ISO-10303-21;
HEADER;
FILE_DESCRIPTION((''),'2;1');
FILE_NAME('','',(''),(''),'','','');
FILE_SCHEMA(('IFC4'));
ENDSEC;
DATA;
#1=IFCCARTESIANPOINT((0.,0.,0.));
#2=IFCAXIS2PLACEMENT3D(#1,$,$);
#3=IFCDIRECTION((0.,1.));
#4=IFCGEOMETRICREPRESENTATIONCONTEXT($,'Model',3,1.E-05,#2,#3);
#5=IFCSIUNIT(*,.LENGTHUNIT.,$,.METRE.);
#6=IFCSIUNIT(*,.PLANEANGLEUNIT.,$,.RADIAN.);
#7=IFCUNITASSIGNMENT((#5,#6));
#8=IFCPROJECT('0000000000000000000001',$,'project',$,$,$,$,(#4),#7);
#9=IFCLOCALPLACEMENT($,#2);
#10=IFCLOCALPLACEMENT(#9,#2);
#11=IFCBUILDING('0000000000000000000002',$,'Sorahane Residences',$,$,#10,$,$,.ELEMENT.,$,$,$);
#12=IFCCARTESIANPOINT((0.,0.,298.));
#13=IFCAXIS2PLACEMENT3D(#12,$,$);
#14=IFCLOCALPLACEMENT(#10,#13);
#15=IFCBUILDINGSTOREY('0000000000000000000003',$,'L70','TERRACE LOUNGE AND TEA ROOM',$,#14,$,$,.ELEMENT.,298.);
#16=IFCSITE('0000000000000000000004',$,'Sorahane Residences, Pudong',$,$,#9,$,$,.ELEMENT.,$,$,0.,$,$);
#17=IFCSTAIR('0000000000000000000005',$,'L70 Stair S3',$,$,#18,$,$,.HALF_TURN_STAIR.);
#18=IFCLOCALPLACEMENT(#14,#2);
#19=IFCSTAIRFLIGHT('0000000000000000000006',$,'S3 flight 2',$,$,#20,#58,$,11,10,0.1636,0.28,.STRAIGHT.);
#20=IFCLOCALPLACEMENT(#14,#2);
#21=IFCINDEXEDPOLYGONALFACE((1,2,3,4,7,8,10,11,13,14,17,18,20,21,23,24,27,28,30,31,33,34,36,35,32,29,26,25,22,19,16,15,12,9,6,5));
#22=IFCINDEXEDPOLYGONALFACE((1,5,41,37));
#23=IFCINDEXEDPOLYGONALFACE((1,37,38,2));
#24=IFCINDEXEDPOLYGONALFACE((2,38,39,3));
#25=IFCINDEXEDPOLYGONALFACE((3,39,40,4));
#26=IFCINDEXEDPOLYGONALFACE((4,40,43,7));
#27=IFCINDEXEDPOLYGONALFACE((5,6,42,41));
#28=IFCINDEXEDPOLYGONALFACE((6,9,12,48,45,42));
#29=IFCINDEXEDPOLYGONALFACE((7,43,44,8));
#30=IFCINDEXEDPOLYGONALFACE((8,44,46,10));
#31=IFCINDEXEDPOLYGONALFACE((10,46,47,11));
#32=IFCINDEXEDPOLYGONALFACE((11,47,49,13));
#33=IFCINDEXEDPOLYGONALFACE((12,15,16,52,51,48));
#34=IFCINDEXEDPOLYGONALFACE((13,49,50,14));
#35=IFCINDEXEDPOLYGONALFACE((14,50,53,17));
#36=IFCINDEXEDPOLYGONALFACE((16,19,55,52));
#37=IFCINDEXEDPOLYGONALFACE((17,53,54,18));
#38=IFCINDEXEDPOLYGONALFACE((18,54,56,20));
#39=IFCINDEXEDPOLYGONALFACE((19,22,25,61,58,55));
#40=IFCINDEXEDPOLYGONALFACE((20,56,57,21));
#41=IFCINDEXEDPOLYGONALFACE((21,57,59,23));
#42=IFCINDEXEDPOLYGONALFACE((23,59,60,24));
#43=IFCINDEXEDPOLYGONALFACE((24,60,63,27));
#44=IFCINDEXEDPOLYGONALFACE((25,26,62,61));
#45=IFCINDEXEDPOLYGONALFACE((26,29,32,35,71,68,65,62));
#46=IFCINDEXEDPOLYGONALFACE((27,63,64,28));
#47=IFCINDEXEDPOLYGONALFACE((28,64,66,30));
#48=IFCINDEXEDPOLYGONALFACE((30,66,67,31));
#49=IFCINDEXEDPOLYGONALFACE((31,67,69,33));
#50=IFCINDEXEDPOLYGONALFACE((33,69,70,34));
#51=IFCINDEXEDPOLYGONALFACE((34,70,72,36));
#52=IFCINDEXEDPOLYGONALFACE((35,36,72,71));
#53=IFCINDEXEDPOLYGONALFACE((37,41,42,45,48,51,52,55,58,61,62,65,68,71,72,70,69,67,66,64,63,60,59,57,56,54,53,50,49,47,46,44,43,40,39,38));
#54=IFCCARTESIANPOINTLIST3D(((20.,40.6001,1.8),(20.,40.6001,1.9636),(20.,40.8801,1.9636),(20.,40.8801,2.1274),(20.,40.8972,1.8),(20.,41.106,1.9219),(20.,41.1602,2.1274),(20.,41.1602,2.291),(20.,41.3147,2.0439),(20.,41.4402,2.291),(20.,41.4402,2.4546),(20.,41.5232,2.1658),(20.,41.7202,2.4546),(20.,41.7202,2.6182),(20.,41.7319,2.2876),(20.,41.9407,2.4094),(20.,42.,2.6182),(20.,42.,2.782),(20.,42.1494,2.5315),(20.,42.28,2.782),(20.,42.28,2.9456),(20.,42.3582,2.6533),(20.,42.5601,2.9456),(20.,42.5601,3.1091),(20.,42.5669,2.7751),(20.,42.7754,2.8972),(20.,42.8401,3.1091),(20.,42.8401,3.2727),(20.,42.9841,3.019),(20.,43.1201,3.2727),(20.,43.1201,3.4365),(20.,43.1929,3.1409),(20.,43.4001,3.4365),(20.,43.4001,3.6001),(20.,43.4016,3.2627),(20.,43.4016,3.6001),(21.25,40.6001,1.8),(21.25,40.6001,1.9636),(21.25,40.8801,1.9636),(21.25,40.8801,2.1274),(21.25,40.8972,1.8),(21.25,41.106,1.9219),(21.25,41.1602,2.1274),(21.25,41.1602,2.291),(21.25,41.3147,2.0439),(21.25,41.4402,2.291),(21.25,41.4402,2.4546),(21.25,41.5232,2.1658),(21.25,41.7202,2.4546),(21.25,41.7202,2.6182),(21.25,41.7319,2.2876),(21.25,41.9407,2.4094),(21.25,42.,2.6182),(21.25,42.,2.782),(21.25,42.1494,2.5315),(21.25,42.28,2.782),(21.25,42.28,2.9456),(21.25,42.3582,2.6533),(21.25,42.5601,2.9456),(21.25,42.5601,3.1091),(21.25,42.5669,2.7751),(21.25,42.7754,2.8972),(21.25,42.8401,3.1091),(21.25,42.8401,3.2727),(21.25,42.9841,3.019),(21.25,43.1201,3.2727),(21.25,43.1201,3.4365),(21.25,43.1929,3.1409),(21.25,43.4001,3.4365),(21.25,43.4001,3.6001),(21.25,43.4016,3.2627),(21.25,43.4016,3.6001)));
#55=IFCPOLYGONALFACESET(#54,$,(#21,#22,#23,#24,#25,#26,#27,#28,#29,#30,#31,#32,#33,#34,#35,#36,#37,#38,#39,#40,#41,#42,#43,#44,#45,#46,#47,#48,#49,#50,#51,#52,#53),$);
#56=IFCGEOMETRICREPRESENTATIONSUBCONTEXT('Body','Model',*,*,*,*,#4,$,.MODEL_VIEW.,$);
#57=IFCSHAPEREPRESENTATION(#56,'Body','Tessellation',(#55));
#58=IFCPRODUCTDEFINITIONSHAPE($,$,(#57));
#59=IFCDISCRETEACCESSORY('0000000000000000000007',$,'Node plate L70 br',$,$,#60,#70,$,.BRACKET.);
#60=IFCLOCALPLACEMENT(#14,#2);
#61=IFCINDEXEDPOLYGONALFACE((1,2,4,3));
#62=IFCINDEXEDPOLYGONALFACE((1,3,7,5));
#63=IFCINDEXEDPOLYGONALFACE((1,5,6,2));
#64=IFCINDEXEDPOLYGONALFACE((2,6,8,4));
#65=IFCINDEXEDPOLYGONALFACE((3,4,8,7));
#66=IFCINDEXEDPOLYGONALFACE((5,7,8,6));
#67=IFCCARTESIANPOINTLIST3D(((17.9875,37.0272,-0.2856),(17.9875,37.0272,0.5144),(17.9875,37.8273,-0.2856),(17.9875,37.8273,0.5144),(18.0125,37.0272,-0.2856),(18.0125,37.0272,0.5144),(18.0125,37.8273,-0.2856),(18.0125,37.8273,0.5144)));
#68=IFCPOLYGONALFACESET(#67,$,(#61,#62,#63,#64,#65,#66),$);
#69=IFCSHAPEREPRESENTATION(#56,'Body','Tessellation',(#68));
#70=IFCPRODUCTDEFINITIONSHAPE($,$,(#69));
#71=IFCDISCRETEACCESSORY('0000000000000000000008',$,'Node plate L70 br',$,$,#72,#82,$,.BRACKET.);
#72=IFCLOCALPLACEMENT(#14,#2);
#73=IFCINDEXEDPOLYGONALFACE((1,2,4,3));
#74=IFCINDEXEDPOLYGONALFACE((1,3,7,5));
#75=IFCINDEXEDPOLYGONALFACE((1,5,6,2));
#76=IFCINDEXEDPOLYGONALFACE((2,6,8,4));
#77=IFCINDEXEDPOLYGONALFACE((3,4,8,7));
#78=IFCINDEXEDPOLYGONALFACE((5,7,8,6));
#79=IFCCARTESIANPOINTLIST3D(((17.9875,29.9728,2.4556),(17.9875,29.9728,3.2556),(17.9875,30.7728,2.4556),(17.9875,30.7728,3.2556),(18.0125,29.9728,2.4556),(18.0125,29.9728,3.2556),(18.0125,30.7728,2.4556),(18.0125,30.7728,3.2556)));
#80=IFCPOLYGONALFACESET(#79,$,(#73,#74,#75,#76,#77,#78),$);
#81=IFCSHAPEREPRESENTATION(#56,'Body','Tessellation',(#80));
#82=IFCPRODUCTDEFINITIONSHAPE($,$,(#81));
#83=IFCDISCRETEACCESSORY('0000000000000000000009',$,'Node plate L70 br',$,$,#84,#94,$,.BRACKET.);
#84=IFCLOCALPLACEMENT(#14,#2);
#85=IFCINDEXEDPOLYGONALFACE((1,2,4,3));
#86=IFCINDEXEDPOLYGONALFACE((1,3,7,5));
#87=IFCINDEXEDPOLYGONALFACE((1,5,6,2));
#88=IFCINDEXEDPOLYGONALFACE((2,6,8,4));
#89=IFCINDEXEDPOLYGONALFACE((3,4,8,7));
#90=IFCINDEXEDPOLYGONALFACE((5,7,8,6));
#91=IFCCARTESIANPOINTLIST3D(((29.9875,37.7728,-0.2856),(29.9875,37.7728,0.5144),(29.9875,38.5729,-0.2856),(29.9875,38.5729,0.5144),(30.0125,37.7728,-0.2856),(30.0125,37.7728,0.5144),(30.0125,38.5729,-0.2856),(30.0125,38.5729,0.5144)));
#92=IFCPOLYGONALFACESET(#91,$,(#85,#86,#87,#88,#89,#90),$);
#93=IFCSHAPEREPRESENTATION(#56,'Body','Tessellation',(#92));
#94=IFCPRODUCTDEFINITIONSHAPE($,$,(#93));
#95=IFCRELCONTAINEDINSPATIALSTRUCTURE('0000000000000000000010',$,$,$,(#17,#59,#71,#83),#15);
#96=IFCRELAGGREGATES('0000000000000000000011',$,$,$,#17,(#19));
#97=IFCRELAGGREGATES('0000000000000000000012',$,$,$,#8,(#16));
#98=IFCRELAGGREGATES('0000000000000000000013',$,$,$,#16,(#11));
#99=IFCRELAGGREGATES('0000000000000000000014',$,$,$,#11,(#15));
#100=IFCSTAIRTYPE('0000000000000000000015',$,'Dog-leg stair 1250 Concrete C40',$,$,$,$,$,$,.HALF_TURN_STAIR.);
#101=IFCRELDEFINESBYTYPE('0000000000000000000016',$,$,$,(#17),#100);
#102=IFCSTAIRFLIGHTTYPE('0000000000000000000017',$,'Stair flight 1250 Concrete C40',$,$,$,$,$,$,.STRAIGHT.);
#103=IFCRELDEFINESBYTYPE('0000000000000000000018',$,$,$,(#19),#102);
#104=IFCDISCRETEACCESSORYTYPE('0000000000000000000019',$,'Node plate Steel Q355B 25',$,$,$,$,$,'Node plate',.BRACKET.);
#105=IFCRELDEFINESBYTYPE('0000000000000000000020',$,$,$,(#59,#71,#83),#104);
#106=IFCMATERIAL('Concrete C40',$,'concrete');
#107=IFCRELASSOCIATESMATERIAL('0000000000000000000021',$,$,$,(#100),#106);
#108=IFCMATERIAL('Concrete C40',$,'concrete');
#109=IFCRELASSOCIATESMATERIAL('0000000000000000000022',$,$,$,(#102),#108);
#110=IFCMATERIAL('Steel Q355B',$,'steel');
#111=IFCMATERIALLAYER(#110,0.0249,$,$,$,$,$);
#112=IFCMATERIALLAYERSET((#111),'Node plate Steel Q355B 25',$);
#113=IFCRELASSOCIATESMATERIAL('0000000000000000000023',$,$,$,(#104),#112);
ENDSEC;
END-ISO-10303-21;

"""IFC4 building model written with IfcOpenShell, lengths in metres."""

from ifc_helpers import new_model, si_unit, direction, frame, origin, origin_2d, place, context, subcontext, project, spatial, polyline, rectangle, outline, extrude, material, layer, layer_set, type_object, element, aggregate, save


model = new_model("IFC4")

# Units and contexts
model_context = context("Model", 3, precision=1e-05, world=origin(), true_north=direction((0.0, 1.0)))
body_context = subcontext(model_context, "Body", "Model", "MODEL_VIEW")
ifc_project = project(units=[si_unit("LENGTHUNIT", "METRE"), si_unit("PLANEANGLEUNIT", "RADIAN")], contexts=[model_context])

# Site, building, storey
site_placement = place(None, origin())
site = spatial("IfcSite", under=ifc_project, at=site_placement, Name="Sorahane Residences, Pudong", CompositionType="ELEMENT", RefElevation=0.0)
building_placement = place(site_placement, origin())
building = spatial("IfcBuilding", under=site, at=building_placement, Name="Sorahane Residences", CompositionType="ELEMENT")
storey_placement = place(building_placement, frame((0.0, 0.0, 298.0)))
storey = spatial("IfcBuildingStorey", under=building, at=storey_placement, Name="L70", Description="TERRACE LOUNGE AND TEA ROOM", CompositionType="ELEMENT", Elevation=298.0)

# Stair, stair flight
ifc_material_1 = material(Name="Concrete C40", Category="concrete")
stair_type = type_object("IfcStairType", Name="Dog-leg stair 1250 Concrete C40", PredefinedType="HALF_TURN_STAIR", material=ifc_material_1)
stair_placement = place(storey_placement, origin())
stair = element("IfcStair", 1, at=stair_placement, inside=storey, type_object=stair_type, Name="L70 Stair S3", PredefinedType="HALF_TURN_STAIR")
ifc_material_2 = material(Name="Concrete C40", Category="concrete")
stair_flight_type = type_object("IfcStairFlightType", Name="Stair flight 1250 Concrete C40", PredefinedType="STRAIGHT", material=ifc_material_2)
stair_flight_placement = place(storey_placement, frame((20.625, 40.6001, 1.8), z_axis=(0.0, 0.0, 1.0), x_axis=(0.0, 1.0, 0.0)))
stair_flight = element("IfcStairFlight", 2, at=stair_flight_placement, type_object=stair_flight_type, Name="S3 flight 2", NumberOfRisers=11, NumberOfTreads=10, PredefinedType="STRAIGHT", RiserHeight=0.1636, TreadLength=0.28, context=body_context, shape_type="SweptSolid", body=[
    extrude(outline(polyline([(0.0, 0.0), (0.0, 0.1636), (0.28, 0.1636), (0.28, 0.3274), (0.5601, 0.3274), (0.5601, 0.491), (0.8401, 0.491), (0.8401, 0.6545), (1.1201, 0.6545), (1.1201, 0.8181), (1.3999, 0.8181), (1.3999, 0.9819), (1.6799, 0.9819), (1.6799, 1.1455), (1.96, 1.1455), (1.96, 1.3091), (2.24, 1.3091), (2.24, 1.4727), (2.52, 1.4727), (2.52, 1.6365), (2.8, 1.6365), (2.8, 1.8), (2.8015, 1.8), (2.8015, 1.4626), (2.5928, 1.3408), (2.384, 1.219), (2.1753, 1.0972), (1.9668, 0.9751), (1.7581, 0.8533), (1.5493, 0.7314), (1.3406, 0.6094), (1.1318, 0.4875), (0.9231, 0.3657), (0.7146, 0.2439), (0.5059, 0.1218), (0.2971, 0.0), (0.0, 0.0)])), frame((0.0, 0.625, 0.0), z_axis=(0.0, -1.0, 0.0), x_axis=(1.0, 0.0, 0.0)), (0.0, 0.0, 1.0), 1.25),
])
aggregate(stair, [stair_flight])

# Discrete accessories
ifc_material_3 = material(Name="Steel Q355B", Category="steel")
ifc_layer_1 = layer(ifc_material_3, 0.0249)
ifc_layer_set_1 = layer_set([ifc_layer_1], Name="Node plate Steel Q355B 25")
discrete_accessory_type = type_object("IfcDiscreteAccessoryType", Name="Node plate Steel Q355B 25", ElementType="Node plate", PredefinedType="BRACKET", material=ifc_layer_set_1)
for number, where, z_axis, x_axis, name in (
    (3, (18.0, 37.4272, -0.2856), (0.0, 0.0, 1.0), (0.0, 1.0, 0.0), "Node plate L70 br"),
    (4, (18.0, 30.3728, 2.4556), (0.0, 0.0, 1.0), (0.0, 1.0, 0.0), "Node plate L70 br"),
    (5, (30.0, 38.1729, -0.2856), (0.0, 0.0, 1.0), (0.0, 1.0, 0.0), "Node plate L70 br"),
):
    element("IfcDiscreteAccessory", number, at=place(storey_placement, frame(where, z_axis=z_axis, x_axis=x_axis)), inside=storey, type_object=discrete_accessory_type, Name=name, PredefinedType="BRACKET", context=body_context, shape_type="SweptSolid", body=[
        extrude(rectangle(XDim=0.8, YDim=0.0249, at=origin_2d()), origin(), (0.0, 0.0, 1.0), 0.8),
    ])

save(model, "model.ifc")
